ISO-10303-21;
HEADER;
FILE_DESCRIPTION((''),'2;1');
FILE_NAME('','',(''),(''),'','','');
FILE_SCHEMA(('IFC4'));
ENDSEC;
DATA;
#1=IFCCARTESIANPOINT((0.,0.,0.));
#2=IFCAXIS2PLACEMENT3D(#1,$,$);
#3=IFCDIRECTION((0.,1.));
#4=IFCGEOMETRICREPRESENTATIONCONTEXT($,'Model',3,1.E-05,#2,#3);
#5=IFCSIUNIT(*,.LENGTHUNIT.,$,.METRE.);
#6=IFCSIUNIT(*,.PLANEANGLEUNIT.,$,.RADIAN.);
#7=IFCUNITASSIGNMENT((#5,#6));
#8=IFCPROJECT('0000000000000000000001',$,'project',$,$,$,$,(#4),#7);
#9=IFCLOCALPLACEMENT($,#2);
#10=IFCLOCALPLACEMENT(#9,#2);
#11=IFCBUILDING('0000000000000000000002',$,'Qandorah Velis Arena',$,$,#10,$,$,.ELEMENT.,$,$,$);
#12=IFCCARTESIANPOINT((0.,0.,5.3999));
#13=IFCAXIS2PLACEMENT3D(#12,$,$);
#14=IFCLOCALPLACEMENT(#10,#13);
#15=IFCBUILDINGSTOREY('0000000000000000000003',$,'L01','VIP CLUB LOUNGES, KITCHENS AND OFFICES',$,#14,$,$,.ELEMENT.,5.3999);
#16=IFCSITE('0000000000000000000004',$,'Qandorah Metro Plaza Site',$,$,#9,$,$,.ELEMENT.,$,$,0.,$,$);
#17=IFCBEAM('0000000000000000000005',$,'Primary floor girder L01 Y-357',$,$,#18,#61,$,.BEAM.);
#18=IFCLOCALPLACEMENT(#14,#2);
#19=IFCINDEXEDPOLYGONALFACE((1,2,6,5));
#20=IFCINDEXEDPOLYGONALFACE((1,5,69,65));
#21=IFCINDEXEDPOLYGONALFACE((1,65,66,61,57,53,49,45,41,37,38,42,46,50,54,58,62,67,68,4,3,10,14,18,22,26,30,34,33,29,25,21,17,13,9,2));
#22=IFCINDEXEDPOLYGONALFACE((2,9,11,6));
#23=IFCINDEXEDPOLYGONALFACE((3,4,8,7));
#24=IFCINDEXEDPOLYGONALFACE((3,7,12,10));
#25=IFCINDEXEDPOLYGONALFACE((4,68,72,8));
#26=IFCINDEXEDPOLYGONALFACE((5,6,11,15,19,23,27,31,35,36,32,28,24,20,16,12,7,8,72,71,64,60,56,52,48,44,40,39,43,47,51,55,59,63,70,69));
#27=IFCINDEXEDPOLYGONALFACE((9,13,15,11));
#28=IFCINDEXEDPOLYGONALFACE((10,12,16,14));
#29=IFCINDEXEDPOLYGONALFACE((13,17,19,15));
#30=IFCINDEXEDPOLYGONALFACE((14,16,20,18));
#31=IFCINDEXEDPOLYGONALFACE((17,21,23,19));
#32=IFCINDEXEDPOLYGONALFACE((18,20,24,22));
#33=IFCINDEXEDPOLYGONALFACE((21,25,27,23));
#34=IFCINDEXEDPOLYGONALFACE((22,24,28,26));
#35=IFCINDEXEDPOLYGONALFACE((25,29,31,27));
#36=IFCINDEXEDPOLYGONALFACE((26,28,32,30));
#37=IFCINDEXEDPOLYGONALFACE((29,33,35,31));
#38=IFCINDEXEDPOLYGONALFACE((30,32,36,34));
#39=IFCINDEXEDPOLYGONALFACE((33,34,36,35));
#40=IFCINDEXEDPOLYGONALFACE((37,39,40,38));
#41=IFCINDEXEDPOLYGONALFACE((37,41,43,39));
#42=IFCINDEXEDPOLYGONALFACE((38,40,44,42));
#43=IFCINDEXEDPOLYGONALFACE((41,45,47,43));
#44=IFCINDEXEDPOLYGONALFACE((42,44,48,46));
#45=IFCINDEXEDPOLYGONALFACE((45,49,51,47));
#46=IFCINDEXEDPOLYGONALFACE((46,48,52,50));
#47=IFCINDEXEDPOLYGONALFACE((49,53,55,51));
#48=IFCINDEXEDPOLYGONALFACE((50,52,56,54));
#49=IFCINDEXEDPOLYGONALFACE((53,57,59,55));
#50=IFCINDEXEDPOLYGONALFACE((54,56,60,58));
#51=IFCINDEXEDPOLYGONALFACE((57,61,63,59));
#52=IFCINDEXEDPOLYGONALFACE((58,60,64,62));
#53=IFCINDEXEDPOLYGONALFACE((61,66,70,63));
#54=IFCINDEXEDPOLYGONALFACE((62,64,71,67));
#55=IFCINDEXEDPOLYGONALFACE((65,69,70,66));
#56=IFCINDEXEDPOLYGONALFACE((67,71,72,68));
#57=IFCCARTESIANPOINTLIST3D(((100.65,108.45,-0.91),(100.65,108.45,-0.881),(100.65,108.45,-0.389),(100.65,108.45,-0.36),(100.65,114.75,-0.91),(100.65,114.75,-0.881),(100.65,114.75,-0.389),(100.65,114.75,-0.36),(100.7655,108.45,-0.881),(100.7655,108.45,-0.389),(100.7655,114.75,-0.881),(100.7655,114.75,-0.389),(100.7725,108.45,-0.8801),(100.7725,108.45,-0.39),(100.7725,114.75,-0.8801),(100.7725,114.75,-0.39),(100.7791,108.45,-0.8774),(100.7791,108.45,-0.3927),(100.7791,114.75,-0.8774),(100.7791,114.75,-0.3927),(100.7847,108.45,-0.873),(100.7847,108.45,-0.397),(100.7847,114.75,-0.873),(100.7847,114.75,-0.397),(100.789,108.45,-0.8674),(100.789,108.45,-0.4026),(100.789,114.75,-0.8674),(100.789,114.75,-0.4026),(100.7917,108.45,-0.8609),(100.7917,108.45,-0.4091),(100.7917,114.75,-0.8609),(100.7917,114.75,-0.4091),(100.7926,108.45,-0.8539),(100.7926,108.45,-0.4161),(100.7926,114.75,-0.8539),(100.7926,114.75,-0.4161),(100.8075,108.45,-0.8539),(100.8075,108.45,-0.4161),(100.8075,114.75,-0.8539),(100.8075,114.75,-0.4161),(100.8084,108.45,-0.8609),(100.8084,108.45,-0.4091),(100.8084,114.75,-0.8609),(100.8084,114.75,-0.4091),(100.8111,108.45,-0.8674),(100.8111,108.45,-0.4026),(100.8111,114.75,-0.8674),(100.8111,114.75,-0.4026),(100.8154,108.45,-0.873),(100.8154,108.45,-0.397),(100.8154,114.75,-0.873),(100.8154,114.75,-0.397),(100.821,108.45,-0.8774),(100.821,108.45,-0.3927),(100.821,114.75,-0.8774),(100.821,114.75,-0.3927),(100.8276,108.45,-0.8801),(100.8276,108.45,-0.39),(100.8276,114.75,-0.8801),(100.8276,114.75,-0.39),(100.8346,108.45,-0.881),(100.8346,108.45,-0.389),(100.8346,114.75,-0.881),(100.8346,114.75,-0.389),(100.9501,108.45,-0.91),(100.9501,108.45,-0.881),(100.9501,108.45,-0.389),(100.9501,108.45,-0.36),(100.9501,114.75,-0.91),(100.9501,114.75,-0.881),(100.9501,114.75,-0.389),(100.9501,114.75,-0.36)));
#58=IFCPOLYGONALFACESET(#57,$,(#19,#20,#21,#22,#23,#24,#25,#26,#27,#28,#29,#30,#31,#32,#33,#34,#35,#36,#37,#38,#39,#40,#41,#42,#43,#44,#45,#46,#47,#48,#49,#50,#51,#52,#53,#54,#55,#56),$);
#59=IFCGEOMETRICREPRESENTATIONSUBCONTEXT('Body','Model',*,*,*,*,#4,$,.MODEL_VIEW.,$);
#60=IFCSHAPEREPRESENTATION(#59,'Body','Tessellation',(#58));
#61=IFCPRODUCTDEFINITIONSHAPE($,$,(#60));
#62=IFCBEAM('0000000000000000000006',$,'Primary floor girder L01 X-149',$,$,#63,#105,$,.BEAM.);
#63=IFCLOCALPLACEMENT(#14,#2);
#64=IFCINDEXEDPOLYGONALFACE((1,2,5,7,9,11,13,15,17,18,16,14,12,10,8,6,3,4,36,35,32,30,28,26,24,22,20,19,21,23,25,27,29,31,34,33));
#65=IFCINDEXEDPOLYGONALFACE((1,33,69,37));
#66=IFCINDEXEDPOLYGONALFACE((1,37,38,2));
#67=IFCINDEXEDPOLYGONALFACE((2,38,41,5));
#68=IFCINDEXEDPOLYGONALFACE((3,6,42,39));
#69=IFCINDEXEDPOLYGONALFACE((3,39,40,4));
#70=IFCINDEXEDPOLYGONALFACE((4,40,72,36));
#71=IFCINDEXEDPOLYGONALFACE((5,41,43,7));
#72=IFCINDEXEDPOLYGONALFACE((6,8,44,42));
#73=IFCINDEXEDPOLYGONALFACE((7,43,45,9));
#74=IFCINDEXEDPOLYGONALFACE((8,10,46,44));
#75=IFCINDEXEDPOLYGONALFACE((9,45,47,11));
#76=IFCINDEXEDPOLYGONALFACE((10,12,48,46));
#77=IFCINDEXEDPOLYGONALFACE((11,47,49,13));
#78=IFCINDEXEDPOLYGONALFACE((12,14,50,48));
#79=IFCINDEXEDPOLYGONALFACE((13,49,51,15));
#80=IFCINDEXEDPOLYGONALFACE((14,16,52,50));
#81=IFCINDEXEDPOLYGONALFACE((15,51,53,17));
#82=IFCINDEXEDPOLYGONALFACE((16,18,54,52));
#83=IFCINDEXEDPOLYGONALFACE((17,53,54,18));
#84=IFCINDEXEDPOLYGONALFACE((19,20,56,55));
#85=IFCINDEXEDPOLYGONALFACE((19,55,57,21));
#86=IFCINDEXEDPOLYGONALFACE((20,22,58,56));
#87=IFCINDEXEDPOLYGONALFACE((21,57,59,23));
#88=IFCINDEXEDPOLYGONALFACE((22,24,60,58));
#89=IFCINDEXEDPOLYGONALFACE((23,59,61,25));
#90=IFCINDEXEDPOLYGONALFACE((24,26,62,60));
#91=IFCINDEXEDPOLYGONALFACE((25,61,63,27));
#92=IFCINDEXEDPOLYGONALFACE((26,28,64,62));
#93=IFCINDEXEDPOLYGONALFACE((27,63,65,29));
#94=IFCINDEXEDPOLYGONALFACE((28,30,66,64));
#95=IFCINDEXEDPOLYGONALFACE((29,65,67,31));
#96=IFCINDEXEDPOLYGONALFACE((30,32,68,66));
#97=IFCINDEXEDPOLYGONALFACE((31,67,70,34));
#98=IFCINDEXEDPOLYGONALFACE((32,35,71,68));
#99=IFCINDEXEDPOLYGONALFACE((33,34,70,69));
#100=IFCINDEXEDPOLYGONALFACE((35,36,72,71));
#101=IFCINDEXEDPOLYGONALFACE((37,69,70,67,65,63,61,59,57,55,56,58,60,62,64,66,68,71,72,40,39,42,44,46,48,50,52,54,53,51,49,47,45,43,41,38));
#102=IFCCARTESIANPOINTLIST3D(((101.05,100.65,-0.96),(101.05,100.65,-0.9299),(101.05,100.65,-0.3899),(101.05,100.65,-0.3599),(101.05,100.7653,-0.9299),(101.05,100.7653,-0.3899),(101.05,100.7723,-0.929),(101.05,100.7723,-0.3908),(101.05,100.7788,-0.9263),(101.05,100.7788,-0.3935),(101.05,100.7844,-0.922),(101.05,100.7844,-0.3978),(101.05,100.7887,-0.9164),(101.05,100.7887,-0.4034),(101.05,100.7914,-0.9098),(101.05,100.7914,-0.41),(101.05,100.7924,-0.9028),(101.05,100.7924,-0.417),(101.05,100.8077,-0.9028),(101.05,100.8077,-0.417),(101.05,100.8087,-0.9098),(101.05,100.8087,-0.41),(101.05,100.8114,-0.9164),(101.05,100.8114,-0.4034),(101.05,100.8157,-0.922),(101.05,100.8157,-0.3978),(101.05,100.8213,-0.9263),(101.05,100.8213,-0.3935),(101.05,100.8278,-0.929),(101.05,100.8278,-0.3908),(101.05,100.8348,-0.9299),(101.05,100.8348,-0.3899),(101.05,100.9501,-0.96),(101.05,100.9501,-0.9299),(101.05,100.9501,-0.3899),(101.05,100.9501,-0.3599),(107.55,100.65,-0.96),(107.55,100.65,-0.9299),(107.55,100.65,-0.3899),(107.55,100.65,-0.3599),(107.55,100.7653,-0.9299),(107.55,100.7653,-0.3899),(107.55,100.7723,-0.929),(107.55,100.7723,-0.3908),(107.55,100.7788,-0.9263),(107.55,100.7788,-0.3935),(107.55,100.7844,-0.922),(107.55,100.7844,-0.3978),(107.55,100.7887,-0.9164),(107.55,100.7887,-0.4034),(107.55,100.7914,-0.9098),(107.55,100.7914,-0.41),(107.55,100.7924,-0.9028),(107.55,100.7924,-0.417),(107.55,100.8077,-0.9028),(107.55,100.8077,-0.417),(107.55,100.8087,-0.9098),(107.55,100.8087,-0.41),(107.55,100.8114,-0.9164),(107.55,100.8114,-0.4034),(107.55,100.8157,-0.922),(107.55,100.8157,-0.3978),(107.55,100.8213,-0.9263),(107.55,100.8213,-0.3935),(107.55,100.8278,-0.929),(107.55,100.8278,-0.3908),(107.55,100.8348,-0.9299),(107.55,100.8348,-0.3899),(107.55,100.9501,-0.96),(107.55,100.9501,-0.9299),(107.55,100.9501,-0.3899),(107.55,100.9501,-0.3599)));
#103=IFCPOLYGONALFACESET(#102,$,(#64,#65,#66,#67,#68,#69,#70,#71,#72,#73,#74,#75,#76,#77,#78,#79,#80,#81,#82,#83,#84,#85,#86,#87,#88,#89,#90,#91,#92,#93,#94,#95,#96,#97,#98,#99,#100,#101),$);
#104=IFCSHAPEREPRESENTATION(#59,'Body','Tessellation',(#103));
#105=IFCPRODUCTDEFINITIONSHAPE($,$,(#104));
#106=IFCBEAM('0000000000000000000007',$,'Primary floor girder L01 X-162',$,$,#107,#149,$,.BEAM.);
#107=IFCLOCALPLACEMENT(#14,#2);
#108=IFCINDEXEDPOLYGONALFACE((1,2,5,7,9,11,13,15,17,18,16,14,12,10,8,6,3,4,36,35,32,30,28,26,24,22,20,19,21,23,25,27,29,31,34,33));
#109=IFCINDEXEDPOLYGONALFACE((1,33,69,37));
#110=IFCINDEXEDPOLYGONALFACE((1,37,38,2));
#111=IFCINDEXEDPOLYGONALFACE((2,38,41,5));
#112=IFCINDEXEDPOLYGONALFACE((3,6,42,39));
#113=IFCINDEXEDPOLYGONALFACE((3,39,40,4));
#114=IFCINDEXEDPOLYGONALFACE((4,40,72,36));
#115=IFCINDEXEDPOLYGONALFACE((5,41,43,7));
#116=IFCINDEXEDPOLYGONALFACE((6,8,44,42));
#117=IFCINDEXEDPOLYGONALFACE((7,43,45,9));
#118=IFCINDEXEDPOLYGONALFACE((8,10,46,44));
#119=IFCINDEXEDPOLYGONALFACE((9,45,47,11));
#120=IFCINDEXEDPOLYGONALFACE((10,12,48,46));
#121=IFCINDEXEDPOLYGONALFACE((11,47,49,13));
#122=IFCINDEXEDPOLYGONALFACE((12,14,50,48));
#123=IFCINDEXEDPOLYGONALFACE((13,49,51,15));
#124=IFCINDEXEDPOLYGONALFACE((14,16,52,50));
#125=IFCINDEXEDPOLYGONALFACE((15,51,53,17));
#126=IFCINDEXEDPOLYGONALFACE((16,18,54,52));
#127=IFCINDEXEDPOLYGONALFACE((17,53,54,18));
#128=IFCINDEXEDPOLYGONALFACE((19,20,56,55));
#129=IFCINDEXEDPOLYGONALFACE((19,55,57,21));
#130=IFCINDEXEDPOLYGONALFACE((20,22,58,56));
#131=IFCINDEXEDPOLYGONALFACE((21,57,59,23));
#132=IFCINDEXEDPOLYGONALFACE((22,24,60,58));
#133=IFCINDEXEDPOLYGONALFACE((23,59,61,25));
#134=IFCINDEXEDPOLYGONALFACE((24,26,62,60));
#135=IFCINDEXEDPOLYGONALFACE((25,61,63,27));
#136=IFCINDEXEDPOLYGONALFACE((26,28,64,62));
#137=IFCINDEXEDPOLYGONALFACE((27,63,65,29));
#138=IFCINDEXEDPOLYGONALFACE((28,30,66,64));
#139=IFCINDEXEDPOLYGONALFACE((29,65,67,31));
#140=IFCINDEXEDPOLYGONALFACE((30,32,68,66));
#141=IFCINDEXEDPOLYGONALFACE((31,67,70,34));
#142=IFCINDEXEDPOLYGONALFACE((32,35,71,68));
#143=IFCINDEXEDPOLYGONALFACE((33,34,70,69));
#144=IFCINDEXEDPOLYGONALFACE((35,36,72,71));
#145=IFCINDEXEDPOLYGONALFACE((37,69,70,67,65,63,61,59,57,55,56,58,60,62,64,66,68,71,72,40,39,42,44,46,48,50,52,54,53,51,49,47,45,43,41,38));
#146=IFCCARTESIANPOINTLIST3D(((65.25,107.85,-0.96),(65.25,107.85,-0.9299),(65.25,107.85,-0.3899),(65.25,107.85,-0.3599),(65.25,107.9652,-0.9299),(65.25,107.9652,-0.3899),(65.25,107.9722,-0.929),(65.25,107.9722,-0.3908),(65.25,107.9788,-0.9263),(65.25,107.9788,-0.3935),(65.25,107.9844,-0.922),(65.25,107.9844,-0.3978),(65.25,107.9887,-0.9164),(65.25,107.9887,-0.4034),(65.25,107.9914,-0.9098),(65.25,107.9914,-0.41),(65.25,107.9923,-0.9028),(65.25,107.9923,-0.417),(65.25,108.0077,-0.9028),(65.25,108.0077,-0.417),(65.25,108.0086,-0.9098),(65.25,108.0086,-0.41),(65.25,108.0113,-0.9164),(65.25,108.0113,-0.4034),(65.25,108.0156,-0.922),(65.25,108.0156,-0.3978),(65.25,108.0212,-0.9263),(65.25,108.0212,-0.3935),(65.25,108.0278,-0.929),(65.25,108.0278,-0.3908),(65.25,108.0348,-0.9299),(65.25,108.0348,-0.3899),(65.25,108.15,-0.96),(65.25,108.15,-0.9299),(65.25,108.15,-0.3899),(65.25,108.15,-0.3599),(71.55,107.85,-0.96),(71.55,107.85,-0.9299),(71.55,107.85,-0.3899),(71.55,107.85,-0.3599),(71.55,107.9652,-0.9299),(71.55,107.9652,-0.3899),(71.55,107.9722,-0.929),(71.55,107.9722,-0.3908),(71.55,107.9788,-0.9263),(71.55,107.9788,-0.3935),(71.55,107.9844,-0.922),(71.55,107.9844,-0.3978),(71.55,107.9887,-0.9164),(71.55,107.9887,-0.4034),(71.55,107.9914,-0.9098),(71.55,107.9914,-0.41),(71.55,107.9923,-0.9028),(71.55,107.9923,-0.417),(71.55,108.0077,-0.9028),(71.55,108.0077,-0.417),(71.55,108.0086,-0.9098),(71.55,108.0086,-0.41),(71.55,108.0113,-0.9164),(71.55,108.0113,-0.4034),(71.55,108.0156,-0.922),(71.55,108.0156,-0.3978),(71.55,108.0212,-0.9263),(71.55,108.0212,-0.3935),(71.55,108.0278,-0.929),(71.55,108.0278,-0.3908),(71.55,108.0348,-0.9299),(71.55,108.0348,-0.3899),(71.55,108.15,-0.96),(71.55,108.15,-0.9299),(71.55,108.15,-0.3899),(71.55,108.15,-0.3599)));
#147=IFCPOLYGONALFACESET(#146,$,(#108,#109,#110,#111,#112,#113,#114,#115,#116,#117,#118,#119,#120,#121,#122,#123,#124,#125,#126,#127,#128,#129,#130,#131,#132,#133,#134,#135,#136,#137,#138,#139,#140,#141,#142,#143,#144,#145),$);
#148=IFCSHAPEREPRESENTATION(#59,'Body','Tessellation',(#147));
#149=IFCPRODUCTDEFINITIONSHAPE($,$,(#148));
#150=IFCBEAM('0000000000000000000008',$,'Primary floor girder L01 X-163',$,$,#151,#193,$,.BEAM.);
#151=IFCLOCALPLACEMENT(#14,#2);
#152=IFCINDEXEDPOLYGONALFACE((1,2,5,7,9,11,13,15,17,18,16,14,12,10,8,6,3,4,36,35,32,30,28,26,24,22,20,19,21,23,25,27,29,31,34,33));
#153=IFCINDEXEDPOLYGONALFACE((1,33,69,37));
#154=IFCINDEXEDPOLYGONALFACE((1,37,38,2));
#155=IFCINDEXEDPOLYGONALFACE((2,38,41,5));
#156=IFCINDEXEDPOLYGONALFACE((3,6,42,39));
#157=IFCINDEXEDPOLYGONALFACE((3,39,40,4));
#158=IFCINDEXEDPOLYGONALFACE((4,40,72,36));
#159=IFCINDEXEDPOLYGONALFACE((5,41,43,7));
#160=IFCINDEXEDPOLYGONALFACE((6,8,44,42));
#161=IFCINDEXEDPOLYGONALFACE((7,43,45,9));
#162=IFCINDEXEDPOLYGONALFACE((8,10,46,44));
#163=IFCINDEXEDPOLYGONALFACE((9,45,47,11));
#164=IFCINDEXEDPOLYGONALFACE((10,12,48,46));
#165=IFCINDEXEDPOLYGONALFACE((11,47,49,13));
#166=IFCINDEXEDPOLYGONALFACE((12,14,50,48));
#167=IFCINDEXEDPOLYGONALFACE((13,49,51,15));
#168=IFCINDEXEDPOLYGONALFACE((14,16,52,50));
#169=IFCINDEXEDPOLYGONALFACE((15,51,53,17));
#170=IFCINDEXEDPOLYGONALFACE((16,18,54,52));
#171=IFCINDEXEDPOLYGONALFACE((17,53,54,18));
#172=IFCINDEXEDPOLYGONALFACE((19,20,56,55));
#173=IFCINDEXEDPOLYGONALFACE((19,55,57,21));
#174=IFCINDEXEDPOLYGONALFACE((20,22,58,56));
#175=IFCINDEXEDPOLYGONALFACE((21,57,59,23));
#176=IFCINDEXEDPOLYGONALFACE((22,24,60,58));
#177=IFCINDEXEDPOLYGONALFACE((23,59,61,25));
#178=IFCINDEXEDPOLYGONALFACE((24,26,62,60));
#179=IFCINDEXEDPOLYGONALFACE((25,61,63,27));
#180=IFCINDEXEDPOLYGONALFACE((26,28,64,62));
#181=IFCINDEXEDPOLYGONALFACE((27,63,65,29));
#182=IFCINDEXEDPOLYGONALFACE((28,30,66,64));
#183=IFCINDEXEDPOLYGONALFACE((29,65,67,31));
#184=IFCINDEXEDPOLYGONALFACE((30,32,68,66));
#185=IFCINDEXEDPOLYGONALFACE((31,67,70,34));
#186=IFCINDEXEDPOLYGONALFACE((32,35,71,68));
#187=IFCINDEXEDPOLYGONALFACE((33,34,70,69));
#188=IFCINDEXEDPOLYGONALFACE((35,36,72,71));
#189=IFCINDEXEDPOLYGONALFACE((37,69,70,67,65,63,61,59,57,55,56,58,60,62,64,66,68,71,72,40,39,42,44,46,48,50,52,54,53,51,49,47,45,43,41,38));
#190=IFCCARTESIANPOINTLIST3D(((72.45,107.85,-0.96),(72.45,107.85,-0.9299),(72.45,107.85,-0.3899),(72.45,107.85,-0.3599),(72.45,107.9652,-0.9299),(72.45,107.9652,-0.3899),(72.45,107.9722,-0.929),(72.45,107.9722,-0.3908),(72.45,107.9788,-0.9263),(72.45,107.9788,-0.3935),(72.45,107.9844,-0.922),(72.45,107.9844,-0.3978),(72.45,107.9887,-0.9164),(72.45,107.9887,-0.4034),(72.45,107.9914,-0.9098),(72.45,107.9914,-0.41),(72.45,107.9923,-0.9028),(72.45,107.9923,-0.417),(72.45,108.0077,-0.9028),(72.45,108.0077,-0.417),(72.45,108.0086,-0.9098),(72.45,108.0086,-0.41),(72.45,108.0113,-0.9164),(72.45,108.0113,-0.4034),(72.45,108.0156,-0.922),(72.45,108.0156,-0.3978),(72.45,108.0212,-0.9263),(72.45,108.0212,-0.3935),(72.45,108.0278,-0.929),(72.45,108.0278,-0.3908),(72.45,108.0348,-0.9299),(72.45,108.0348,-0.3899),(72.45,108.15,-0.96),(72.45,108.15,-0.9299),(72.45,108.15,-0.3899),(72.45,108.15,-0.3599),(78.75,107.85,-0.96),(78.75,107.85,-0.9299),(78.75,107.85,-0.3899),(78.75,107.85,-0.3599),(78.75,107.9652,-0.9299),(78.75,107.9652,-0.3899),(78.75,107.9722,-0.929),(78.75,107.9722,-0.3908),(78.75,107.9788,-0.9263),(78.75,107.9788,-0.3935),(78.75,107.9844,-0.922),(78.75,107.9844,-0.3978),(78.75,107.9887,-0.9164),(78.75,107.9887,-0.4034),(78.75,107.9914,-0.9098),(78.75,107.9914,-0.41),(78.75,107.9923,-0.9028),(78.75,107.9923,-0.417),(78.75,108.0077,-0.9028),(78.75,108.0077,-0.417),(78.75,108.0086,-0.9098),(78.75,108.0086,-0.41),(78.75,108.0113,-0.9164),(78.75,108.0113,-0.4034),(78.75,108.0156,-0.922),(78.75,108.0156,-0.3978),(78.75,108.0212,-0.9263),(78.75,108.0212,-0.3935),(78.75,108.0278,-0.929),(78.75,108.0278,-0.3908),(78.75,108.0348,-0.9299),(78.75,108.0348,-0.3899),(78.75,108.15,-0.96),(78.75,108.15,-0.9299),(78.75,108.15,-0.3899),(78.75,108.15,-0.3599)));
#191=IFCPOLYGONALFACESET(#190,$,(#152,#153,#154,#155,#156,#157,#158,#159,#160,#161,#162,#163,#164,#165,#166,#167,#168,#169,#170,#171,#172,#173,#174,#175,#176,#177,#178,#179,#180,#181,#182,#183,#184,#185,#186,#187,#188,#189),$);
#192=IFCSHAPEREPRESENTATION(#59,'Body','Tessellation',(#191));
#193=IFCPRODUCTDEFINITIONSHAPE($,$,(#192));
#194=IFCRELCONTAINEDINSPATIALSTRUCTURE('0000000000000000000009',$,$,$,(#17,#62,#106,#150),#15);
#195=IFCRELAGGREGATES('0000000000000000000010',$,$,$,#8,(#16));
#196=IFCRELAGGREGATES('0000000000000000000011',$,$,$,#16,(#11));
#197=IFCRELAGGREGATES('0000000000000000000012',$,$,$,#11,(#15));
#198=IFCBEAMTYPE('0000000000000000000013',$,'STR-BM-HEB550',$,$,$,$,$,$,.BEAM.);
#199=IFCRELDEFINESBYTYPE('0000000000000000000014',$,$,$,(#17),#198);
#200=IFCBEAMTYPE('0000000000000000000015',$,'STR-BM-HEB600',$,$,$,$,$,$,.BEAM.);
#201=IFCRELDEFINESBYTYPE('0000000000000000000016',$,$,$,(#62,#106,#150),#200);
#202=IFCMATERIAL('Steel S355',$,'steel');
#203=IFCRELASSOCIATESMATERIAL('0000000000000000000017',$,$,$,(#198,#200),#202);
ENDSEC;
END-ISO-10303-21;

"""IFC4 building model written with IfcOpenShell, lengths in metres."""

from ifc_helpers import new_model, si_unit, direction, frame, origin, origin_2d, place, context, subcontext, project, spatial, i_section, extrude, material, material_profile, profile_set, type_object, element, save


model = new_model("IFC4")

# Units and contexts
model_context = context("Model", 3, precision=1e-05, world=origin(), true_north=direction((0.0, 1.0)))
body_context = subcontext(model_context, "Body", "Model", "MODEL_VIEW")
ifc_project = project(units=[si_unit("LENGTHUNIT", "METRE"), si_unit("PLANEANGLEUNIT", "RADIAN")], contexts=[model_context])

# Site, building, storey
site_placement = place(None, origin())
site = spatial("IfcSite", under=ifc_project, at=site_placement, Name="Qandorah Metro Plaza Site", CompositionType="ELEMENT", RefElevation=0.0)
building_placement = place(site_placement, origin())
building = spatial("IfcBuilding", under=site, at=building_placement, Name="Qandorah Velis Arena", CompositionType="ELEMENT")
storey_placement = place(building_placement, frame((0.0, 0.0, 5.3999)))
storey = spatial("IfcBuildingStorey", under=building, at=storey_placement, Name="L01", Description="VIP CLUB LOUNGES, KITCHENS AND OFFICES", CompositionType="ELEMENT", Elevation=5.3999)

# Beams
ifc_material_1 = material(Name="Steel S355", Category="steel")
ifc_material_profile_1 = material_profile(ifc_material_1, i_section(OverallWidth=0.3, OverallDepth=0.55, WebThickness=0.0149, FlangeThickness=0.0291, FilletRadius=0.0271, at=origin_2d()), Name="HEB 550")
ifc_profile_set_1 = profile_set([ifc_material_profile_1], Name="Steel S355")
beam_type_1 = type_object("IfcBeamType", Name="STR-BM-HEB550", PredefinedType="BEAM", material=ifc_profile_set_1)
beam_1_placement = place(storey_placement, frame((100.8, 108.45, -0.635), z_axis=(0.0, 1.0, 0.0), x_axis=(-1.0, 0.0, 0.0)))
element("IfcBeam", 1, at=beam_1_placement, inside=storey, type_object=beam_type_1, Name="Primary floor girder L01 Y-357", PredefinedType="BEAM", context=body_context, shape_type="SweptSolid", body=[
    extrude(i_section(OverallWidth=0.3, OverallDepth=0.55, WebThickness=0.0149, FlangeThickness=0.0291, FilletRadius=0.0271, at=origin_2d()), origin(), (0.0, 0.0, 1.0), 6.3),
])
ifc_material_profile_2 = material_profile(ifc_material_1, i_section(OverallWidth=0.3, OverallDepth=0.6001, WebThickness=0.0154, FlangeThickness=0.03, FilletRadius=0.0271, at=origin_2d()), Name="HEB 600")
ifc_profile_set_2 = profile_set([ifc_material_profile_2], Name="Steel S355")
beam_type_2 = type_object("IfcBeamType", Name="STR-BM-HEB600", PredefinedType="BEAM", material=ifc_profile_set_2)
beam_2_placement = place(storey_placement, frame((101.05, 100.8, -0.6599), z_axis=(1.0, 0.0, 0.0), x_axis=(0.0, 1.0, 0.0)))
element("IfcBeam", 2, at=beam_2_placement, inside=storey, type_object=beam_type_2, Name="Primary floor girder L01 X-149", PredefinedType="BEAM", context=body_context, shape_type="SweptSolid", body=[
    extrude(i_section(OverallWidth=0.3, OverallDepth=0.6001, WebThickness=0.0154, FlangeThickness=0.03, FilletRadius=0.0271, at=origin_2d()), origin(), (0.0, 0.0, 1.0), 6.5),
])
for number, where, z_axis, x_axis, name in (
    (3, (65.25, 108.0, -0.6599), (1.0, 0.0, 0.0), (0.0, 1.0, 0.0), "Primary floor girder L01 X-162"),
    (4, (72.45, 108.0, -0.6599), (1.0, 0.0, 0.0), (0.0, 1.0, 0.0), "Primary floor girder L01 X-163"),
):
    element("IfcBeam", number, at=place(storey_placement, frame(where, z_axis=z_axis, x_axis=x_axis)), inside=storey, type_object=beam_type_2, Name=name, PredefinedType="BEAM", context=body_context, shape_type="SweptSolid", body=[
        extrude(i_section(OverallWidth=0.3, OverallDepth=0.6001, WebThickness=0.0154, FlangeThickness=0.03, FilletRadius=0.0271, at=origin_2d()), origin(), (0.0, 0.0, 1.0), 6.3),
    ])

save(model, "model.ifc")
